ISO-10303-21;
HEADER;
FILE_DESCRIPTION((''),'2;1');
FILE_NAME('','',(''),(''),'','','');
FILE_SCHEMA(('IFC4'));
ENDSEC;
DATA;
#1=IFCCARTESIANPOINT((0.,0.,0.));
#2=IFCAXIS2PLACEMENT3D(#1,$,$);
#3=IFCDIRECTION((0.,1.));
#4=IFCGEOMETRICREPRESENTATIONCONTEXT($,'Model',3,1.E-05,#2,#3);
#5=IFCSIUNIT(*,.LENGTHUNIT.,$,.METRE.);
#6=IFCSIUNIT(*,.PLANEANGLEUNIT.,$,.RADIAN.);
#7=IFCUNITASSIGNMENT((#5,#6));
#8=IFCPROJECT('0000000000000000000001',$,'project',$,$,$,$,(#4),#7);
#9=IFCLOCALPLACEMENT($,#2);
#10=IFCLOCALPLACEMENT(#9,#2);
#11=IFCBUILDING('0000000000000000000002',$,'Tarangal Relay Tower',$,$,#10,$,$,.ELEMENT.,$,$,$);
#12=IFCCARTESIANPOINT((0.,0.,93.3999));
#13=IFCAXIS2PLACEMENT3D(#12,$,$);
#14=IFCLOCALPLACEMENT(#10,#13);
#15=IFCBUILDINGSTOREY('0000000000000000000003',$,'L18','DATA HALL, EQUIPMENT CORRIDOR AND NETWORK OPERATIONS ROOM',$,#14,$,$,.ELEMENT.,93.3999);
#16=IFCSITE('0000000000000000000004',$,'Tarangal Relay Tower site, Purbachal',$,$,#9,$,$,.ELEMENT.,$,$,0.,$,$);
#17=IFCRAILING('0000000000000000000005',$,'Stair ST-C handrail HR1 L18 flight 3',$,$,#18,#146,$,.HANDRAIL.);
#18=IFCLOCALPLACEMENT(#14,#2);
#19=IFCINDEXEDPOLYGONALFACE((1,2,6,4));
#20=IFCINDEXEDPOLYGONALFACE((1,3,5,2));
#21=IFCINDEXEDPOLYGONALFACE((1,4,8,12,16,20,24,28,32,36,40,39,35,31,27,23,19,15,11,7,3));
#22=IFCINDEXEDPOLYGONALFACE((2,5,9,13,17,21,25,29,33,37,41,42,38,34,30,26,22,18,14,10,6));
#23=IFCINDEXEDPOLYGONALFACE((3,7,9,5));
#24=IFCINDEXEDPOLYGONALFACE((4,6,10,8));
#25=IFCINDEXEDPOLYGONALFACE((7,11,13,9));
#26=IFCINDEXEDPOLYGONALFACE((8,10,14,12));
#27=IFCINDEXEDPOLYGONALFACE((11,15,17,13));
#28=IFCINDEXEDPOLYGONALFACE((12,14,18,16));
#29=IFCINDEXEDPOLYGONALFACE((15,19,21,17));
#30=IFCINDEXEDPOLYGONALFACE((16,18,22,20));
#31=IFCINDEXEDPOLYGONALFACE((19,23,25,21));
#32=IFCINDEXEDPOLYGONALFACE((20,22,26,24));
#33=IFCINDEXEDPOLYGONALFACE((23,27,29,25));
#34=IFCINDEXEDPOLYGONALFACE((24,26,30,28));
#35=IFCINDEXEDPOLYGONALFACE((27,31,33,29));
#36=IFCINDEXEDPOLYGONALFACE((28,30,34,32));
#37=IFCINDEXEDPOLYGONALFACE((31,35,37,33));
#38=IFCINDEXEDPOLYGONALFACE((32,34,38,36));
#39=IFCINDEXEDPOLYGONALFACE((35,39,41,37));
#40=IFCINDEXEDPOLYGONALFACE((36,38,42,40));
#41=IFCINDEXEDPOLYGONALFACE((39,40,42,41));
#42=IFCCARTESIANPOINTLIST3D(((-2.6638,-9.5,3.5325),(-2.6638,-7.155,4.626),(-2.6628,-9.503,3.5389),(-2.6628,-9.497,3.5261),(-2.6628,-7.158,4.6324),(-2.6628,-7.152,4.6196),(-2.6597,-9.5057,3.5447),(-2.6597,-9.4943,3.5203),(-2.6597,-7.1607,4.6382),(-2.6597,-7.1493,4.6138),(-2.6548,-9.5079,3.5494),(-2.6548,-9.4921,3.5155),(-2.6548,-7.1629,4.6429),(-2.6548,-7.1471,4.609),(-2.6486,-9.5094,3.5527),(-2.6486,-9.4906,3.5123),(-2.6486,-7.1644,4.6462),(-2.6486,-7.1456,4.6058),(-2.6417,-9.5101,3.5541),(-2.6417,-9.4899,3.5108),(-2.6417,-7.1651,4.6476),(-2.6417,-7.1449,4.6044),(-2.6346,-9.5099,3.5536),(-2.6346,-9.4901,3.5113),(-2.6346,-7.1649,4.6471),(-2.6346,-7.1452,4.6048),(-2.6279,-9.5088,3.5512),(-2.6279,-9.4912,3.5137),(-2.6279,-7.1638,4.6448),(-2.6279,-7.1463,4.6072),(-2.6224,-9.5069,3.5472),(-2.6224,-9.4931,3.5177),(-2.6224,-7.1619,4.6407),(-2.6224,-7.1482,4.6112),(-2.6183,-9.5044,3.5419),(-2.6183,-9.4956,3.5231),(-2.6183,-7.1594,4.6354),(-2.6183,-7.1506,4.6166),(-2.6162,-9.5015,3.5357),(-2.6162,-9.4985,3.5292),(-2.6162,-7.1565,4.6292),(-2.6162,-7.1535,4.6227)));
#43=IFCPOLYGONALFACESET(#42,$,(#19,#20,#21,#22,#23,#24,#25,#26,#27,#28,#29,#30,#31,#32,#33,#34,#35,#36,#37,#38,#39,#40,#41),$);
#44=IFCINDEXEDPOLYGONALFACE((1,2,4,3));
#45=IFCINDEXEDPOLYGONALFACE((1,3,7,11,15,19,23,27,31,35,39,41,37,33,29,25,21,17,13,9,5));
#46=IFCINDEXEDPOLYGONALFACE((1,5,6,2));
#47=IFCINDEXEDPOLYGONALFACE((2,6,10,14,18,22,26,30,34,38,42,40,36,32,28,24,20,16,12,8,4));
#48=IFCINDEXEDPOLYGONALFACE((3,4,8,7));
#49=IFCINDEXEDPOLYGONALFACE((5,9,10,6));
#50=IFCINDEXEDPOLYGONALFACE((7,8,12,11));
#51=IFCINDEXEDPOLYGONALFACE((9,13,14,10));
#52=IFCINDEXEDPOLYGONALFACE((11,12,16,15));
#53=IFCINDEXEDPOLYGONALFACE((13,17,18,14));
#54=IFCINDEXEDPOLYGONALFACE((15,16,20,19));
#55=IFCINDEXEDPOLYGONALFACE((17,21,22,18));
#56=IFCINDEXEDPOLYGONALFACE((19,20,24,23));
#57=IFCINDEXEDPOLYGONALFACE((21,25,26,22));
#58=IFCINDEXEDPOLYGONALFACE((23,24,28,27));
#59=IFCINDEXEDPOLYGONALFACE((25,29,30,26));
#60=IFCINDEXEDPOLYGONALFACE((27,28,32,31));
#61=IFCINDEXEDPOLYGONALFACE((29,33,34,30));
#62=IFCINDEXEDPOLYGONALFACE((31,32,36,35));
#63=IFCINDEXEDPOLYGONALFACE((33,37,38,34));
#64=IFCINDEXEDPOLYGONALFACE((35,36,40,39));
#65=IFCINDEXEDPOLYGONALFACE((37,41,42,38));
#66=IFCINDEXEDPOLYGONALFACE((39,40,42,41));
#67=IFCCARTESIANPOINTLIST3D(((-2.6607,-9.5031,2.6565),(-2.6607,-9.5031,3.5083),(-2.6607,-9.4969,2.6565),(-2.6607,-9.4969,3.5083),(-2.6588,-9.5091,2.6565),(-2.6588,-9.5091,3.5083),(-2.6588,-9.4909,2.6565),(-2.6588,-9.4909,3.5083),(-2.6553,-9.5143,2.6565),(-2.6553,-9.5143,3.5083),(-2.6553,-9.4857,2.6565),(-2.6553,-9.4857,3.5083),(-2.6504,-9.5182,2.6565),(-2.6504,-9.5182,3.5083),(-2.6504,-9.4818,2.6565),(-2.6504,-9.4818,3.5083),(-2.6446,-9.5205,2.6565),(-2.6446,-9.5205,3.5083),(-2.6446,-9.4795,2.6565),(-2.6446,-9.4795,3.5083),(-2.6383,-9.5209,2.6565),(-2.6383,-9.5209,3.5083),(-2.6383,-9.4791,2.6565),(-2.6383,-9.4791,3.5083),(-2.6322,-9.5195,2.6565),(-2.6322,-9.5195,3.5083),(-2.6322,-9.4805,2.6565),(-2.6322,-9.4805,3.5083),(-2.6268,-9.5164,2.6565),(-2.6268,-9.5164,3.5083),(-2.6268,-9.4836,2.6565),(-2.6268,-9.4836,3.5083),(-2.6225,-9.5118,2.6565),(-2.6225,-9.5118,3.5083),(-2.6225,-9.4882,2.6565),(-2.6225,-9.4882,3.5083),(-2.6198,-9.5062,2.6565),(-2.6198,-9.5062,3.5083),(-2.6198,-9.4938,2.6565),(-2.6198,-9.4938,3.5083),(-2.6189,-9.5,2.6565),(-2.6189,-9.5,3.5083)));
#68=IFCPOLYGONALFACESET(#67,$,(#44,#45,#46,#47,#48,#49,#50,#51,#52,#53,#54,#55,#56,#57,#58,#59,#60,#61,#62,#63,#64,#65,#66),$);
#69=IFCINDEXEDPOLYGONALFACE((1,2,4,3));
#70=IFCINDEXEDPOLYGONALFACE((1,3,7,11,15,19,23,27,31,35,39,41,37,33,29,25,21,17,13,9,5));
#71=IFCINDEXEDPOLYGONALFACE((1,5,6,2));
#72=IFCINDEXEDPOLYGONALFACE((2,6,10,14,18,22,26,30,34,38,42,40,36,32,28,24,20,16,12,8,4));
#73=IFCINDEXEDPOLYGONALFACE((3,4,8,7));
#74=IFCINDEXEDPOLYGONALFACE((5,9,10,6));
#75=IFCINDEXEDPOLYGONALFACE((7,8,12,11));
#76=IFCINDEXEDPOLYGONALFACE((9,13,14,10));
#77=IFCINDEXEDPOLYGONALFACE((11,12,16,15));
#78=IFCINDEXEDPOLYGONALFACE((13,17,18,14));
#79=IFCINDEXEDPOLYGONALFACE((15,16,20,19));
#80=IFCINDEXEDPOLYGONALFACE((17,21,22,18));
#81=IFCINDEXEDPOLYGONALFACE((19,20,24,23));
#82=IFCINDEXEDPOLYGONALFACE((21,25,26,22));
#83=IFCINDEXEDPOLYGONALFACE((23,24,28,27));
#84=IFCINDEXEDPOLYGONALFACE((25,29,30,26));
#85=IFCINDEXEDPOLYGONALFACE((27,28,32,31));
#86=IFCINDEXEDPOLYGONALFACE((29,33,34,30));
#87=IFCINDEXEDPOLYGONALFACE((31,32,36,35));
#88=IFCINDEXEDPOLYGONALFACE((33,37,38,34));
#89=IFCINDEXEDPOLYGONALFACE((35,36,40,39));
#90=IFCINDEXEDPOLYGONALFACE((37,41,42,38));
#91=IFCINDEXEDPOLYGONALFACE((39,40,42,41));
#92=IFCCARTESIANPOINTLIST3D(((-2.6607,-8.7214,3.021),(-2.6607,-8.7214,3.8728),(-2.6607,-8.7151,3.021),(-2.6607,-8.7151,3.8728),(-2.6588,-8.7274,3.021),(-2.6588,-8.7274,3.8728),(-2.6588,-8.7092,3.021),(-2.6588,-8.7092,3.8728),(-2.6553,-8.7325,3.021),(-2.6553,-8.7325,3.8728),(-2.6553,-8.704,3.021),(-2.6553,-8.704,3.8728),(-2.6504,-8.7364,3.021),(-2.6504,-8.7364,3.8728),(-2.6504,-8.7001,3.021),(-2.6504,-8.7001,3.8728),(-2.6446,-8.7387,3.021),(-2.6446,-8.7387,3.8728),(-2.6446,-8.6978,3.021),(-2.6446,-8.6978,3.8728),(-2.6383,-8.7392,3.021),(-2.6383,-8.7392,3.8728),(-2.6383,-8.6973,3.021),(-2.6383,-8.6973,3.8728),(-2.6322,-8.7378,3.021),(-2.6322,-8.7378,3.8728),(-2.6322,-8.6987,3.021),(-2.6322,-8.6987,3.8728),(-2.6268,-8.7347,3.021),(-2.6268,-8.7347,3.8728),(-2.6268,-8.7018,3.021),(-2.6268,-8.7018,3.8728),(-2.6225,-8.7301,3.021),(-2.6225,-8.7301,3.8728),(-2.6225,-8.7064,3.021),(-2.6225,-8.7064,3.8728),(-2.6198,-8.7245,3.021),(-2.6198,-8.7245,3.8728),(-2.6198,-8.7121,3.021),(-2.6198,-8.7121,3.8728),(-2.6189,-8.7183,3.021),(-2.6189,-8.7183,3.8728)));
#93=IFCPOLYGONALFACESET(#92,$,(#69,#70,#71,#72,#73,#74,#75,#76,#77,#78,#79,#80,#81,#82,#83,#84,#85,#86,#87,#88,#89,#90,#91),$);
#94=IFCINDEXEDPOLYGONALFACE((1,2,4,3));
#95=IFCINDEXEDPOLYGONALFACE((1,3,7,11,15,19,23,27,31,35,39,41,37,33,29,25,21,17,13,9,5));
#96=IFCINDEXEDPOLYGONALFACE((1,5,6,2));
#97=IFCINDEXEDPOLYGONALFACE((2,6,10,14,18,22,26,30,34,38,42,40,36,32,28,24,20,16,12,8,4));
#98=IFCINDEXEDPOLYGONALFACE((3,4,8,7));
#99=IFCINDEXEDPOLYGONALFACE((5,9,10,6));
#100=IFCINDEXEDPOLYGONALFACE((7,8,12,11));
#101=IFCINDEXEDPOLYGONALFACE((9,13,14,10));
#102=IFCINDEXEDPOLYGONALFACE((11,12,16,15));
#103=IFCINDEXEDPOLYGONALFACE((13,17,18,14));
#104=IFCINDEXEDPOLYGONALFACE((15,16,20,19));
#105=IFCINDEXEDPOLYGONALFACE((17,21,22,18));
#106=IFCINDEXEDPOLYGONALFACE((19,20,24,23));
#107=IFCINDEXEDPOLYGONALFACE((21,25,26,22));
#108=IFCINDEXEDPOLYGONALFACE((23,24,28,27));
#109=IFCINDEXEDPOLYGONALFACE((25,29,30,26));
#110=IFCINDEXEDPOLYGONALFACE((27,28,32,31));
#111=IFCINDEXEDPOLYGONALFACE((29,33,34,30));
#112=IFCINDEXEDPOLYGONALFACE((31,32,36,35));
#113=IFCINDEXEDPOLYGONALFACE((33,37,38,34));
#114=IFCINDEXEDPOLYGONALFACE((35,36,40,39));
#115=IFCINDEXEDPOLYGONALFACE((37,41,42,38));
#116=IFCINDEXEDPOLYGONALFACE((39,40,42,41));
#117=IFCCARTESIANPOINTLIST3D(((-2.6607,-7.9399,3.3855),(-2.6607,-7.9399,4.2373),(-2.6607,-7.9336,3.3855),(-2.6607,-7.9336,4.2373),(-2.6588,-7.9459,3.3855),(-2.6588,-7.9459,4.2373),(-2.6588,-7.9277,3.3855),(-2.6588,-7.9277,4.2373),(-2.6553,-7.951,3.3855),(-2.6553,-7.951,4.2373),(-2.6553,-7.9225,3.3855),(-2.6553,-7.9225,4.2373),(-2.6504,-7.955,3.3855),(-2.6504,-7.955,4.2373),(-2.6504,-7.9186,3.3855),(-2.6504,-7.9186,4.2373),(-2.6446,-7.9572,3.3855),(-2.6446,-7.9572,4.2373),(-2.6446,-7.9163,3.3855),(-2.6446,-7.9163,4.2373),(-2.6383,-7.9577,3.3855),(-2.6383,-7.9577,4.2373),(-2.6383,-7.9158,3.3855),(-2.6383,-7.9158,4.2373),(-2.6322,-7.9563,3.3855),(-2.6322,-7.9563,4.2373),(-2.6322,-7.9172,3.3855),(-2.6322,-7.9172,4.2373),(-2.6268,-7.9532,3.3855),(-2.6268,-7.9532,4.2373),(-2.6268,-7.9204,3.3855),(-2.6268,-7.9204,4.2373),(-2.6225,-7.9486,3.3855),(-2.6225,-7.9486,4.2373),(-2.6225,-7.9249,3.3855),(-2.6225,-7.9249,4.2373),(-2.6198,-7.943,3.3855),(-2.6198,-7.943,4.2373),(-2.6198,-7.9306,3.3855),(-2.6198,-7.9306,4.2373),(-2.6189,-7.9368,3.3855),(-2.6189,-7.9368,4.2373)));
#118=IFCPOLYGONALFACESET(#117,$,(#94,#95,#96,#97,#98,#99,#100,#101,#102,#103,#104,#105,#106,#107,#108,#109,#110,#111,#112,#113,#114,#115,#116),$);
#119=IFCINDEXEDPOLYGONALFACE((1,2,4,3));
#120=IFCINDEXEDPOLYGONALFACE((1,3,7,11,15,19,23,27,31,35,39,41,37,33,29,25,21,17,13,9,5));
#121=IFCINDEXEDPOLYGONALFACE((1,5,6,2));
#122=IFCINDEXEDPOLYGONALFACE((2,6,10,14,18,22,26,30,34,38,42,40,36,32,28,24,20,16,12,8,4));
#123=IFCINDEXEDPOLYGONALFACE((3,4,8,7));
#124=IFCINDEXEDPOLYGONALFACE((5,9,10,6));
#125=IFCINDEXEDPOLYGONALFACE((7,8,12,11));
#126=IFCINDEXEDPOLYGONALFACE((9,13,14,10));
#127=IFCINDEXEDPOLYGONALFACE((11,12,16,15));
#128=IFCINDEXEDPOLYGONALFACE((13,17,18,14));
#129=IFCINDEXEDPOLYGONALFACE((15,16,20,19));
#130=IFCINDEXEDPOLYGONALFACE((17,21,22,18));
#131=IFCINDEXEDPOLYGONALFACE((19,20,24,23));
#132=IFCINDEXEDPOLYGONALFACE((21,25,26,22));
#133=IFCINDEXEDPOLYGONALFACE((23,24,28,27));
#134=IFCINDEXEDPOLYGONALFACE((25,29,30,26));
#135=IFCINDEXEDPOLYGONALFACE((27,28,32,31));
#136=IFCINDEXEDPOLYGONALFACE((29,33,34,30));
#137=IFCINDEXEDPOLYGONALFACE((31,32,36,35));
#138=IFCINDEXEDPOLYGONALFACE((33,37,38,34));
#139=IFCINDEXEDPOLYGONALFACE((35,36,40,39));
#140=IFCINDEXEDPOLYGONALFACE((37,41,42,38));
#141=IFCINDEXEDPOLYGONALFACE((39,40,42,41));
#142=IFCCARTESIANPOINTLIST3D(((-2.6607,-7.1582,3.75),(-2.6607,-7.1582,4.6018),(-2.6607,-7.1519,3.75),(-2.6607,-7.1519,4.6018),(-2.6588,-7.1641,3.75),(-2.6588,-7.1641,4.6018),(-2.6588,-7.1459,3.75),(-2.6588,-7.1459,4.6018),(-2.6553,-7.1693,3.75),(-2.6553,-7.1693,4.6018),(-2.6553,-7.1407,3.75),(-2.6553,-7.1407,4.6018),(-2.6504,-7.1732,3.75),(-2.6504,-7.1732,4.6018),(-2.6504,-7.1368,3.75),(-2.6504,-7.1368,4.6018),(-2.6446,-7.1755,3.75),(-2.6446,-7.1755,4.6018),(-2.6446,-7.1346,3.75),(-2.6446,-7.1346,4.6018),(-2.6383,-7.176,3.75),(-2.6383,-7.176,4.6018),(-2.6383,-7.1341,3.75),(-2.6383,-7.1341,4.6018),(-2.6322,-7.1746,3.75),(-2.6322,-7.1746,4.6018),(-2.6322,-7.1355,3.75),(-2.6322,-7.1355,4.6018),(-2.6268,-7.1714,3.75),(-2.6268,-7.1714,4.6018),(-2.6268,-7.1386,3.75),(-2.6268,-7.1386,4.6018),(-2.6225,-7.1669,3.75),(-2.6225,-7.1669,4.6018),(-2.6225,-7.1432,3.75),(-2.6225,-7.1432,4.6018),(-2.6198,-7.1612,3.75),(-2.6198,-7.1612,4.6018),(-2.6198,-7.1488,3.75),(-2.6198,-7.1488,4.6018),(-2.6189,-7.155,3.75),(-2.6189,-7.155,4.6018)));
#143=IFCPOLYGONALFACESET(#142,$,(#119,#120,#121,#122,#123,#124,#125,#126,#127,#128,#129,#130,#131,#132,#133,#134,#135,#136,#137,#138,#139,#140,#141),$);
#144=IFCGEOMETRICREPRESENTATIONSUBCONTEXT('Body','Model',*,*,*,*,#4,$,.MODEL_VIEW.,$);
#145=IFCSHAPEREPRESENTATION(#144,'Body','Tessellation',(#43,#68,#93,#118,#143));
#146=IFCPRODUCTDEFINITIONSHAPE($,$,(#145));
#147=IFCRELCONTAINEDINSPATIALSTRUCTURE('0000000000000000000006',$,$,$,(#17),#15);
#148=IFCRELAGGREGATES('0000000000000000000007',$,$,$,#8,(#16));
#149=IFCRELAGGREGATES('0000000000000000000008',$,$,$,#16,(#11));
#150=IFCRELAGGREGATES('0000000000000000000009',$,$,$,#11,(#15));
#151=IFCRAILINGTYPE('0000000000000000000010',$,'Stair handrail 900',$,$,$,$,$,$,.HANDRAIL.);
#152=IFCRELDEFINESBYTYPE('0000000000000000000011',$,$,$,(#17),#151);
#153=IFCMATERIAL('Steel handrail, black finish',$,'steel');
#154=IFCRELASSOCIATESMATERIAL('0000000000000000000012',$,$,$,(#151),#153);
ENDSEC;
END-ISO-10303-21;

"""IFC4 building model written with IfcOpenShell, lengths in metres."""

from ifc_helpers import new_model, si_unit, direction, frame, origin, origin_2d, place, context, subcontext, project, spatial, circle, extrude, material, type_object, element, save


model = new_model("IFC4")

# Units and contexts
model_context = context("Model", 3, precision=1e-05, world=origin(), true_north=direction((0.0, 1.0)))
body_context = subcontext(model_context, "Body", "Model", "MODEL_VIEW")
ifc_project = project(units=[si_unit("LENGTHUNIT", "METRE"), si_unit("PLANEANGLEUNIT", "RADIAN")], contexts=[model_context])

# Site, building, storey
site_placement = place(None, origin())
site = spatial("IfcSite", under=ifc_project, at=site_placement, Name="Tarangal Relay Tower site, Purbachal", CompositionType="ELEMENT", RefElevation=0.0)
building_placement = place(site_placement, origin())
building = spatial("IfcBuilding", under=site, at=building_placement, Name="Tarangal Relay Tower", CompositionType="ELEMENT")
storey_placement = place(building_placement, frame((0.0, 0.0, 93.3999)))
storey = spatial("IfcBuildingStorey", under=building, at=storey_placement, Name="L18", Description="DATA HALL, EQUIPMENT CORRIDOR AND NETWORK OPERATIONS ROOM", CompositionType="ELEMENT", Elevation=93.3999)

# Railing
ifc_material_1 = material(Name="Steel handrail, black finish", Category="steel")
railing_type_1 = type_object("IfcRailingType", Name="Stair handrail 900", PredefinedType="HANDRAIL", material=ifc_material_1)
for number, where, name in (
    (1, (-2.6399, -9.5, 2.6565), "Stair ST-C handrail HR1 L18 flight 3"),
):
    element("IfcRailing", number, at=place(storey_placement, frame(where)), inside=storey, type_object=railing_type_1, Name=name, PredefinedType="HANDRAIL", context=body_context, shape_type="SweptSolid", body=[
        extrude(circle(Radius=0.0239, at=origin_2d()), frame((0.0, 0.0, 0.876), z_axis=(0.0, 0.906304, 0.422627), x_axis=(-1.0, 0.0, 0.0)), (0.0, 0.0, 1.0), 2.5874),
        extrude(circle(Radius=0.021, at=origin_2d()), origin(), (0.0, 0.0, 1.0), 0.8518),
        extrude(circle(Radius=0.021, at=origin_2d()), frame((0.0, 0.7817, 0.3645)), (0.0, 0.0, 1.0), 0.8518),
        extrude(circle(Radius=0.021, at=origin_2d()), frame((0.0, 1.5632, 0.729)), (0.0, 0.0, 1.0), 0.8518),
        extrude(circle(Radius=0.021, at=origin_2d()), frame((0.0, 2.345, 1.0935)), (0.0, 0.0, 1.0), 0.8518),
    ])

save(model, "model.ifc")
